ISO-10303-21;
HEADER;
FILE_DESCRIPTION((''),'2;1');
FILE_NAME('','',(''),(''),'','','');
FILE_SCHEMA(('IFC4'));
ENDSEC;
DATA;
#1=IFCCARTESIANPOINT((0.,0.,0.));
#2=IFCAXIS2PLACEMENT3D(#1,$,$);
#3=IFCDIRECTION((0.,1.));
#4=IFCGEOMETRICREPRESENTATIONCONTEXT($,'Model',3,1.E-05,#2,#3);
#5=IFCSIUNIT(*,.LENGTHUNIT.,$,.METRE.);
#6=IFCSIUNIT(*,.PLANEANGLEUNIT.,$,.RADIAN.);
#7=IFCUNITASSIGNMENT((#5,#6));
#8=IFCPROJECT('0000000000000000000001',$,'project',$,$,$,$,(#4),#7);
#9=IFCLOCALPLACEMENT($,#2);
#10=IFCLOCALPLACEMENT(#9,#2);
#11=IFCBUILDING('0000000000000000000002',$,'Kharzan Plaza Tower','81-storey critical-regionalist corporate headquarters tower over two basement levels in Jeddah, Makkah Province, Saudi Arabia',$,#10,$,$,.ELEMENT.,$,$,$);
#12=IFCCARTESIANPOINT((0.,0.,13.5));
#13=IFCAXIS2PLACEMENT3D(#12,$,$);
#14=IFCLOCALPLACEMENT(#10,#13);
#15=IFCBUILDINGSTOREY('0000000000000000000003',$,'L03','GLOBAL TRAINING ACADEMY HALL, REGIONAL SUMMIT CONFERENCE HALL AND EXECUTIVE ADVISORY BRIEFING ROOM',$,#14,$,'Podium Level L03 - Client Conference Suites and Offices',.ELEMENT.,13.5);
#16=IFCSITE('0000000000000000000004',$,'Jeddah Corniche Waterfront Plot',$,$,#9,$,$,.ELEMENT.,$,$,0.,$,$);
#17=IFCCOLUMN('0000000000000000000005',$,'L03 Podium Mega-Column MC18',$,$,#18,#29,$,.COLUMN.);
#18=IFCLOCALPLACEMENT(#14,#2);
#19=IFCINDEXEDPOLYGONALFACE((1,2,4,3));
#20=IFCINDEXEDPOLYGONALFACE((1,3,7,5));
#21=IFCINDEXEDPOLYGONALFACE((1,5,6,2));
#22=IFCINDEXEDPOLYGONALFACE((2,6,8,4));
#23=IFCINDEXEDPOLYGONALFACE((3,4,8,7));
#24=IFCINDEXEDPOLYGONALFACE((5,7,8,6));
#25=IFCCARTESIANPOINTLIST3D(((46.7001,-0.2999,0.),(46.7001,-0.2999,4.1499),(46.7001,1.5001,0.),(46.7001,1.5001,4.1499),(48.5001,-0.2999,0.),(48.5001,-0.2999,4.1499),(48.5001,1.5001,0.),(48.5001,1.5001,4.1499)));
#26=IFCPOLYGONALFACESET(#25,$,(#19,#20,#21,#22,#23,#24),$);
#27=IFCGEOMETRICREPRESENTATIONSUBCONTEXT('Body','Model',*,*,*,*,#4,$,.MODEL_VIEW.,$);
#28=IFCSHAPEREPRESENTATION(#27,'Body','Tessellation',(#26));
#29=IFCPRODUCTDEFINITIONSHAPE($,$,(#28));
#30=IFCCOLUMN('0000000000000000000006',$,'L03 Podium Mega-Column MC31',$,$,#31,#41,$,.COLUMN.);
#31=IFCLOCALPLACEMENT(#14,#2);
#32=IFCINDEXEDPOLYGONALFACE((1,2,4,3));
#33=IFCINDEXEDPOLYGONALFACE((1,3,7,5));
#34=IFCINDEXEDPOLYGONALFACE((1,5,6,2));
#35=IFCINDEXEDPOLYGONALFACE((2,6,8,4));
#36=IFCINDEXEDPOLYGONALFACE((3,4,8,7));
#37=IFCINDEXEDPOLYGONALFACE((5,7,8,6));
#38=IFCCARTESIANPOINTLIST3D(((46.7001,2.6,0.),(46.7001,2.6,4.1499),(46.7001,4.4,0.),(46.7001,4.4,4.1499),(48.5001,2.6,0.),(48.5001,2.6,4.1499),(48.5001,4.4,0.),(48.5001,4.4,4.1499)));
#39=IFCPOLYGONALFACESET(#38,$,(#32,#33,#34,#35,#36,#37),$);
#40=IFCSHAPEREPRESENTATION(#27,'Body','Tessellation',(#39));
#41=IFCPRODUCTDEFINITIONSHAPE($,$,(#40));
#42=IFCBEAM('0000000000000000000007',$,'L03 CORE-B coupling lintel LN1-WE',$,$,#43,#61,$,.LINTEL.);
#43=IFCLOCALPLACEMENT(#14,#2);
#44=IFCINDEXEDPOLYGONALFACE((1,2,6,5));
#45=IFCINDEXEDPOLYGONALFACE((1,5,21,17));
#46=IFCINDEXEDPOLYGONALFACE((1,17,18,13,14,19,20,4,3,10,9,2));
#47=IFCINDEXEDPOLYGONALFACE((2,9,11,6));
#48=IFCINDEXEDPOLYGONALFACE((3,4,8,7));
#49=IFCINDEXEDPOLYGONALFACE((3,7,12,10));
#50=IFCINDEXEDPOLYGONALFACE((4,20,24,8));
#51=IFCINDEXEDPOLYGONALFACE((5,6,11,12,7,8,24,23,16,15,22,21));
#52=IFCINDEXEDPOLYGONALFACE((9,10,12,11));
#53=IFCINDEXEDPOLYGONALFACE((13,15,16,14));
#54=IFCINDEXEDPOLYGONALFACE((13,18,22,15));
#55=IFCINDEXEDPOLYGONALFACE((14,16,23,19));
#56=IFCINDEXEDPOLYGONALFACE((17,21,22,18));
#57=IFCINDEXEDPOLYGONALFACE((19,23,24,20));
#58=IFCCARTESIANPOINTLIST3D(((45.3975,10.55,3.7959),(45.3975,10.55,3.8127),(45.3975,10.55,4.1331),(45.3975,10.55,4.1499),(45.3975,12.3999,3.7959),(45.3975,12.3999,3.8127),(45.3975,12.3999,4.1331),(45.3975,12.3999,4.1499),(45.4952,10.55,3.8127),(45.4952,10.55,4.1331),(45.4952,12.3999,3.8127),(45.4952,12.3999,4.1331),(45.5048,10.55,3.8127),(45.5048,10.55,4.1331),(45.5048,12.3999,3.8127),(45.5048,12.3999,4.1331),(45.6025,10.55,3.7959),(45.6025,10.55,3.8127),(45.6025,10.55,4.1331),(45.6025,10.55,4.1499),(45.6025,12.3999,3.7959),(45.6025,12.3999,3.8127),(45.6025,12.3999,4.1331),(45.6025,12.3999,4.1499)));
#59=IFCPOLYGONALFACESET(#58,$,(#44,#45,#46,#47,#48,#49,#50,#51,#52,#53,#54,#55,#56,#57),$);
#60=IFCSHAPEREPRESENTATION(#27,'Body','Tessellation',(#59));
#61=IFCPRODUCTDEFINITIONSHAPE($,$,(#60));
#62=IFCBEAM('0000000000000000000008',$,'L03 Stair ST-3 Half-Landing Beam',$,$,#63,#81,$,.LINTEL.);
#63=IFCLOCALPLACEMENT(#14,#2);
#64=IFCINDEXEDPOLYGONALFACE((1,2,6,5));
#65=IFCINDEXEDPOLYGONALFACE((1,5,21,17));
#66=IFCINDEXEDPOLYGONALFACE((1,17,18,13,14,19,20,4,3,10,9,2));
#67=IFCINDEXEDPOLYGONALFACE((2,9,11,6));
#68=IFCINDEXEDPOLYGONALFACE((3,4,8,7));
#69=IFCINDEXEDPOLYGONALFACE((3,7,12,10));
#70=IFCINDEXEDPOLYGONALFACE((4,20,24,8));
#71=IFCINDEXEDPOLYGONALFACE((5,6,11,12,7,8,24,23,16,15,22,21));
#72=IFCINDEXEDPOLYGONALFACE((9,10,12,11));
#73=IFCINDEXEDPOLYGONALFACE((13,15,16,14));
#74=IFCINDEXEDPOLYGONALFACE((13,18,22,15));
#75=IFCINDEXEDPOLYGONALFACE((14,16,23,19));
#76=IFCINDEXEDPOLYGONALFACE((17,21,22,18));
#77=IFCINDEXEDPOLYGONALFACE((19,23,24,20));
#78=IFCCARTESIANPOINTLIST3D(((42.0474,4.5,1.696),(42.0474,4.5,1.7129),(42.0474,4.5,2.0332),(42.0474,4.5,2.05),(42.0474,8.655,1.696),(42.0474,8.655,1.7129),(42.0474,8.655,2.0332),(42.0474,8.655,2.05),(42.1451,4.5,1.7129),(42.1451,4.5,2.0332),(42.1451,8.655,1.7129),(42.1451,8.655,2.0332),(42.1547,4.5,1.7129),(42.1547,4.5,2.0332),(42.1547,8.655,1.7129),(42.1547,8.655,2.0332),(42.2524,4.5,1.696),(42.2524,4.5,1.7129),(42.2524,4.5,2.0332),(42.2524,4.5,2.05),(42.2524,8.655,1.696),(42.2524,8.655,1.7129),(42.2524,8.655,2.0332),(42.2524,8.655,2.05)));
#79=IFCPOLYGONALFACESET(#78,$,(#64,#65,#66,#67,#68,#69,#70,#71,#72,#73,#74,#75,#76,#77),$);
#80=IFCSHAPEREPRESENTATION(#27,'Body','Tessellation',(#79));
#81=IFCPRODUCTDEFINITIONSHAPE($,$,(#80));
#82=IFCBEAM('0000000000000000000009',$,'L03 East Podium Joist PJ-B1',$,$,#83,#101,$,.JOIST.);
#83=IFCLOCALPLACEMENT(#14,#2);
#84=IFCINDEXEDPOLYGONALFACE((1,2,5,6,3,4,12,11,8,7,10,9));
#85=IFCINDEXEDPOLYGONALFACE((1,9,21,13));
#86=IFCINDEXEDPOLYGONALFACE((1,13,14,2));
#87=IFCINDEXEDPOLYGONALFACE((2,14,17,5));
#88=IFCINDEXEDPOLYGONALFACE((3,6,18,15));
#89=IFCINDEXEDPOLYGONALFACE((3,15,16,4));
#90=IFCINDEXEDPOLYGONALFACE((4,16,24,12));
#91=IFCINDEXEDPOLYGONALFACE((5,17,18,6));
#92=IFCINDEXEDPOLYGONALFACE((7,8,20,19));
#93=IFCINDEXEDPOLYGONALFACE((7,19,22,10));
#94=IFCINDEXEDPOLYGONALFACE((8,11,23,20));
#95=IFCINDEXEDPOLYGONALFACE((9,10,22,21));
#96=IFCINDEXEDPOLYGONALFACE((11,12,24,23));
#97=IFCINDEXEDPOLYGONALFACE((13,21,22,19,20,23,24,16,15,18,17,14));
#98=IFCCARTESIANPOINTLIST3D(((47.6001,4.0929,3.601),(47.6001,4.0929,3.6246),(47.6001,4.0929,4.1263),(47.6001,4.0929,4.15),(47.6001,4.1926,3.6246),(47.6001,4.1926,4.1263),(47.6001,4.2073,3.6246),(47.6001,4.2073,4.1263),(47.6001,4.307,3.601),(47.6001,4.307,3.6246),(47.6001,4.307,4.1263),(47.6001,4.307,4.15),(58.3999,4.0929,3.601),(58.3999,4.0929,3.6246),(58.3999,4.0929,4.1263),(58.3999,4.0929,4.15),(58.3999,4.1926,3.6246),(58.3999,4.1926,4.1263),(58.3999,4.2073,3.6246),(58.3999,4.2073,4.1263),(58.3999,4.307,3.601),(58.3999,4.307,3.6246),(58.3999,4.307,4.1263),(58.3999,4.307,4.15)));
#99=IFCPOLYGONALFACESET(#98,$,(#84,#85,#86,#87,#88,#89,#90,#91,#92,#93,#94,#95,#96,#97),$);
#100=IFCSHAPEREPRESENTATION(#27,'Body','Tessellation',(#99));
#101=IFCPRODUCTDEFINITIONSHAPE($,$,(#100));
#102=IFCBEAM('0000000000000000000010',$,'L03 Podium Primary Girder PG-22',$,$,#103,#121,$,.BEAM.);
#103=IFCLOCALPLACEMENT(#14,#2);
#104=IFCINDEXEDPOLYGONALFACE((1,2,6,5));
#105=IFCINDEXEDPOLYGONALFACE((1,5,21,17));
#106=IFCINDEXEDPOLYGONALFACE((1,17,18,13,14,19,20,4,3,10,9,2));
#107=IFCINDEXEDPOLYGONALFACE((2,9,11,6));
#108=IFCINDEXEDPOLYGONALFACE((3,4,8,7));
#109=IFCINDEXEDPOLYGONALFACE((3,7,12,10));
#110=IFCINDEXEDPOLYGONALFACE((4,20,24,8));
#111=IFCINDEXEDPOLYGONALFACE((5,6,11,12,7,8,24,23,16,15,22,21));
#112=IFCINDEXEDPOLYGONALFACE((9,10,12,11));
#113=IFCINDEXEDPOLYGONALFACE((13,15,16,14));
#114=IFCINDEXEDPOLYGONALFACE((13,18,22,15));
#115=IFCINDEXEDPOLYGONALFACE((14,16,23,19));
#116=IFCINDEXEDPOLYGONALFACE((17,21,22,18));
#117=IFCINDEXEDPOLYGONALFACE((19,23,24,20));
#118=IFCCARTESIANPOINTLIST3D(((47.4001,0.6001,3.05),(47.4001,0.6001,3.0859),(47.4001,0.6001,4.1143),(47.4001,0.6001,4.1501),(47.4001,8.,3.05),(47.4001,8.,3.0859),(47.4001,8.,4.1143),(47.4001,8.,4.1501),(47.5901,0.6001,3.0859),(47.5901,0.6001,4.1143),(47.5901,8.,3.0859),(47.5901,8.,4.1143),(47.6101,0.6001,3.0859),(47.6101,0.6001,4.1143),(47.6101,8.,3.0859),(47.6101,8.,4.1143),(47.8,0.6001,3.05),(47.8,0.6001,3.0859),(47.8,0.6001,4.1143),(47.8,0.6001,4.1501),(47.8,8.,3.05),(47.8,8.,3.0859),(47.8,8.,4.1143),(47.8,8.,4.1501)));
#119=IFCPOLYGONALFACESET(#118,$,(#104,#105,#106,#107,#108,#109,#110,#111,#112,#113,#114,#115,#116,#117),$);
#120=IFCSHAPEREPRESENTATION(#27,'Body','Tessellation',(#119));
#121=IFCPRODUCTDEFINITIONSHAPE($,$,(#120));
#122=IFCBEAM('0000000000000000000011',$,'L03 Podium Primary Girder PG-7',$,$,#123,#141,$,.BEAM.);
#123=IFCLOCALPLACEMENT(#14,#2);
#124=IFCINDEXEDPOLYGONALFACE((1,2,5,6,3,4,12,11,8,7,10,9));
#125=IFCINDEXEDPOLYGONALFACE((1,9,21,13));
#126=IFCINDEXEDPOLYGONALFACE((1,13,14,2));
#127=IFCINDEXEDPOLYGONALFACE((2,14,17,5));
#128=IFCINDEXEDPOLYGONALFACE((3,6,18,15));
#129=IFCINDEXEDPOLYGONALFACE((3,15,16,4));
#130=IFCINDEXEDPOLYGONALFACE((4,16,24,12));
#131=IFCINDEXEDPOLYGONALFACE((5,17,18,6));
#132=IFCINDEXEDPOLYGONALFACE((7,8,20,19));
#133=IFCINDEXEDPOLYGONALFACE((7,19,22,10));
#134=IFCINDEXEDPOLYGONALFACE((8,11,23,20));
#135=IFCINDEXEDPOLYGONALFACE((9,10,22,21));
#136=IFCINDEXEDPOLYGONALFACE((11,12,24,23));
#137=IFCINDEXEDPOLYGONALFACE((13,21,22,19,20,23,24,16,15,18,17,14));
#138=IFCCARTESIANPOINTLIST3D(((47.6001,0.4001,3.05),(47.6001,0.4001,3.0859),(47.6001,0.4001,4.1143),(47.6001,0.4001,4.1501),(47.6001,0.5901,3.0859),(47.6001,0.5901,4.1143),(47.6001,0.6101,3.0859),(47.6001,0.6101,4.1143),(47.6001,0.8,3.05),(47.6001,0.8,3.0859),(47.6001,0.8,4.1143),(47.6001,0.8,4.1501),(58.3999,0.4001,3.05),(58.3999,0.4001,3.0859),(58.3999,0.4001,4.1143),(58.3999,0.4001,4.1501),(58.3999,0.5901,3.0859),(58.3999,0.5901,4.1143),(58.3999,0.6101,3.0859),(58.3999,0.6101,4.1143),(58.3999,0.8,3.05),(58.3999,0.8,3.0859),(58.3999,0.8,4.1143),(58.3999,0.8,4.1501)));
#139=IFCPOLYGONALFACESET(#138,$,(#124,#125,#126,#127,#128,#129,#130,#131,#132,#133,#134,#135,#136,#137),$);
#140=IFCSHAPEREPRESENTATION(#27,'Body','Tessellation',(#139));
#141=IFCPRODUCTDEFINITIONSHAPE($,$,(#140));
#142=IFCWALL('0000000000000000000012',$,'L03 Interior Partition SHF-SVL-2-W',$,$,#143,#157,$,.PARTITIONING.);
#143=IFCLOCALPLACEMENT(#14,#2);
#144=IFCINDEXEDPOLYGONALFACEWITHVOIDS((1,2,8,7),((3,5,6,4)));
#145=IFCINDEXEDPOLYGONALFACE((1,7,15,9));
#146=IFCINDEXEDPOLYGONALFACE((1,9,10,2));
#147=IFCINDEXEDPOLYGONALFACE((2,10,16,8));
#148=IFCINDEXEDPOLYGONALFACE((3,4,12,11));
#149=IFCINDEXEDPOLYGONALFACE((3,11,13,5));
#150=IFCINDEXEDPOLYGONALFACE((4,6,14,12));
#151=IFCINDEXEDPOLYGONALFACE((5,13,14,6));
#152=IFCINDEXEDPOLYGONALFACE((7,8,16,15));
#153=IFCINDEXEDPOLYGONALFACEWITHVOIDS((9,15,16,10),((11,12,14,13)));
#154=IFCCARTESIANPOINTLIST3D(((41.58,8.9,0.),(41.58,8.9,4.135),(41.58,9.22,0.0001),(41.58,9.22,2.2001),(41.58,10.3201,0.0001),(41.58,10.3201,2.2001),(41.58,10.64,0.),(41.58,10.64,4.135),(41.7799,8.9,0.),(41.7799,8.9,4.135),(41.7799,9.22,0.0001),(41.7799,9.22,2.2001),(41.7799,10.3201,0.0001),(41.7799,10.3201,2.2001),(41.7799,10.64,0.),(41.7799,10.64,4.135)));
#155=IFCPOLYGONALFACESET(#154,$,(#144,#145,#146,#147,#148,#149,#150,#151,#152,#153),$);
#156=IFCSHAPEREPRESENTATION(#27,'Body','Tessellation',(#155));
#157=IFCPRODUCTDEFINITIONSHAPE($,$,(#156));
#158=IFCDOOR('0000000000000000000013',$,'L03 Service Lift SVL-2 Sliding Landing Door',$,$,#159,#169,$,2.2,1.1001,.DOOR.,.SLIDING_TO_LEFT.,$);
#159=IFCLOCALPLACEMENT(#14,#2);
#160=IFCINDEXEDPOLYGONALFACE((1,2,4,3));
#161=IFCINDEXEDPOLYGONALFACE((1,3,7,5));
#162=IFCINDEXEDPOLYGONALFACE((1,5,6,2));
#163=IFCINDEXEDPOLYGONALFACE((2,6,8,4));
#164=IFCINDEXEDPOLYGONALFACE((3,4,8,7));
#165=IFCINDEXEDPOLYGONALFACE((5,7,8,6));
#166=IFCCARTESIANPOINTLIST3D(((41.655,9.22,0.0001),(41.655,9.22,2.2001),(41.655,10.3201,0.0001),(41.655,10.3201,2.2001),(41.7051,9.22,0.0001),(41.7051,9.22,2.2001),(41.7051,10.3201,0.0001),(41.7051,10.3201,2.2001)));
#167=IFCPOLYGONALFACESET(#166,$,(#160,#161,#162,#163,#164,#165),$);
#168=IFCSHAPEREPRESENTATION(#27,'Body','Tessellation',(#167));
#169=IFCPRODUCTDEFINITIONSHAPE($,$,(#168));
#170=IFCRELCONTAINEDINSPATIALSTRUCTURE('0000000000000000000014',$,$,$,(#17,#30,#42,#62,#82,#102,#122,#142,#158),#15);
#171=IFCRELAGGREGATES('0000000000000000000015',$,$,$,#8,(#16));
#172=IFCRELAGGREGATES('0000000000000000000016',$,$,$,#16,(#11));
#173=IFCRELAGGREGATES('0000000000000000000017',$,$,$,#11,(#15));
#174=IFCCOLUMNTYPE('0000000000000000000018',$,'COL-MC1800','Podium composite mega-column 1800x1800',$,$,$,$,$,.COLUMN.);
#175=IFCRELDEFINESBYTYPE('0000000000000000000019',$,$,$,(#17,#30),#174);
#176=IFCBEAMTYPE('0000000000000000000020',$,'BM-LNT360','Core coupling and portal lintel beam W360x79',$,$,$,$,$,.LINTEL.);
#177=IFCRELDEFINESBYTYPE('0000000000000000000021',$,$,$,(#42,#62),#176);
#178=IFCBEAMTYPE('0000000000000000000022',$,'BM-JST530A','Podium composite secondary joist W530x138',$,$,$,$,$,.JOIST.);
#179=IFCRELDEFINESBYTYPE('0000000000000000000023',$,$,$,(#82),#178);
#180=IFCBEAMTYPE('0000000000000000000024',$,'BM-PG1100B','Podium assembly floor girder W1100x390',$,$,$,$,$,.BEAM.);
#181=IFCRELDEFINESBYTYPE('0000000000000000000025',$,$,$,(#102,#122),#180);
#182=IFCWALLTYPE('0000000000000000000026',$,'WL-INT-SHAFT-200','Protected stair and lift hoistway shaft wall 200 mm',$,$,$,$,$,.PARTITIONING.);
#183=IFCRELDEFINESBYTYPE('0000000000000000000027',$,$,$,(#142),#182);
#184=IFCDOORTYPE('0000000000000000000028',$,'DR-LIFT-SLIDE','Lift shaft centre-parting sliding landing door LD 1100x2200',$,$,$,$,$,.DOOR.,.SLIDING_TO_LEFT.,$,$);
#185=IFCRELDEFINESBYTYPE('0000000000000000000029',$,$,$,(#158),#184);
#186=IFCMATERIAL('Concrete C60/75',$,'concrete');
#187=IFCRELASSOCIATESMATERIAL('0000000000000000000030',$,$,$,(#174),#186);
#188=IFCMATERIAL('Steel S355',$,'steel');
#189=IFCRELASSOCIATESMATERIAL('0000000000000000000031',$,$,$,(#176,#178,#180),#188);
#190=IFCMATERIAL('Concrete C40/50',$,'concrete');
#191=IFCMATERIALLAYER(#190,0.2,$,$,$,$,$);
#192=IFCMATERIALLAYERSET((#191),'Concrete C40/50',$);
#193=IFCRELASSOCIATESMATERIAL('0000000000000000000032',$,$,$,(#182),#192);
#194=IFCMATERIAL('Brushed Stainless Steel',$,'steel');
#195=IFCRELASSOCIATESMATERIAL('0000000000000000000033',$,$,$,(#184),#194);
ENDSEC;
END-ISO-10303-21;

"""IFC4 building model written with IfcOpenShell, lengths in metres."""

from ifc_helpers import new_model, si_unit, direction, frame, frame_2d, origin, origin_2d, place, context, subcontext, project, spatial, rectangle, i_section, extrude, source, transform, mapped, material, layer, layer_set, material_profile, profile_set, type_object, element, fill, save


model = new_model("IFC4")

# Units and contexts
model_context = context("Model", 3, precision=1e-05, world=origin(), true_north=direction((0.0, 1.0)))
body_context = subcontext(model_context, "Body", "Model", "MODEL_VIEW")
ifc_project = project(units=[si_unit("LENGTHUNIT", "METRE"), si_unit("PLANEANGLEUNIT", "RADIAN")], contexts=[model_context])

# Site, building, storey
site_placement = place(None, origin())
site = spatial("IfcSite", under=ifc_project, at=site_placement, Name="Jeddah Corniche Waterfront Plot", CompositionType="ELEMENT", RefElevation=0.0)
building_placement = place(site_placement, origin())
building = spatial("IfcBuilding", under=site, at=building_placement, Name="Kharzan Plaza Tower", Description="81-storey critical-regionalist corporate headquarters tower over two basement levels in Jeddah, Makkah Province, Saudi Arabia", CompositionType="ELEMENT")
storey_placement = place(building_placement, frame((0.0, 0.0, 13.5)))
storey = spatial("IfcBuildingStorey", under=building, at=storey_placement, Name="L03", Description="GLOBAL TRAINING ACADEMY HALL, REGIONAL SUMMIT CONFERENCE HALL AND EXECUTIVE ADVISORY BRIEFING ROOM", LongName="Podium Level L03 - Client Conference Suites and Offices", CompositionType="ELEMENT", Elevation=13.5)

# Columns
ifc_material_1 = material(Name="Concrete C60/75", Category="concrete")
ifc_material_profile_1 = material_profile(ifc_material_1, rectangle(XDim=1.8, YDim=1.8, at=origin_2d()), Name="RC-MC1800x1800")
ifc_profile_set_1 = profile_set([ifc_material_profile_1], Name="Concrete C60/75")
column_type = type_object("IfcColumnType", Name="COL-MC1800", Description="Podium composite mega-column 1800x1800", PredefinedType="COLUMN", material=ifc_profile_set_1)
shared_shape_1 = source(origin(), body_context, "Body", "SweptSolid", [
    extrude(rectangle(XDim=1.8, YDim=1.8, at=origin_2d()), origin(), (0.0, 0.0, 1.0), 4.1499),
])
for number, where, z_axis, x_axis, name in (
    (1, (47.6001, 0.6001, 0.0), (0.0, 0.0, 1.0), (1.0, 0.0, 0.0), "L03 Podium Mega-Column MC18"),
    (2, (47.6001, 3.5, 0.0), (0.0, 0.0, 1.0), (1.0, 0.0, 0.0), "L03 Podium Mega-Column MC31"),
):
    element("IfcColumn", number, at=place(storey_placement, frame(where, z_axis=z_axis, x_axis=x_axis)), inside=storey, type_object=column_type, Name=name, PredefinedType="COLUMN", context=body_context, shape_type="MappedRepresentation", body=[
        mapped(shared_shape_1, transform((0.0, 0.0, 0.0), x_axis=(1.0, 0.0, 0.0), y_axis=(0.0, 1.0, 0.0), z_axis=(0.0, 0.0, 1.0))),
    ])

# Beams
ifc_material_2 = material(Name="Steel S355", Category="steel")
ifc_material_profile_2 = material_profile(ifc_material_2, i_section(OverallWidth=0.2051, OverallDepth=0.354, WebThickness=0.0095, FlangeThickness=0.0168, at=origin_2d()), Name="W360x79")
ifc_profile_set_2 = profile_set([ifc_material_profile_2], Name="Steel S355")
beam_type_1 = type_object("IfcBeamType", Name="BM-LNT360", Description="Core coupling and portal lintel beam W360x79", PredefinedType="LINTEL", material=ifc_profile_set_2)
shared_shape_2 = source(origin(), body_context, "Body", "SweptSolid", [
    extrude(i_section(OverallWidth=0.2051, OverallDepth=0.354, WebThickness=0.0095, FlangeThickness=0.0168, at=origin_2d()), origin(), (0.0, 0.0, 1.0), 1.8499),
])
beam_1_placement = place(storey_placement, frame((45.5, 10.55, 3.9729), z_axis=(0.0, 1.0, 0.0), x_axis=(-1.0, 0.0, 0.0)))
element("IfcBeam", 3, at=beam_1_placement, inside=storey, type_object=beam_type_1, Name="L03 CORE-B coupling lintel LN1-WE", PredefinedType="LINTEL", context=body_context, shape_type="MappedRepresentation", body=[
    mapped(shared_shape_2, transform((0.0, 0.0, 0.0), x_axis=(1.0, 0.0, 0.0), y_axis=(0.0, 1.0, 0.0), z_axis=(0.0, 0.0, 1.0))),
])
shared_shape_3 = source(origin(), body_context, "Body", "SweptSolid", [
    extrude(i_section(OverallWidth=0.2051, OverallDepth=0.354, WebThickness=0.0095, FlangeThickness=0.0168, at=origin_2d()), origin(), (0.0, 0.0, 1.0), 4.155),
])
beam_2_placement = place(storey_placement, frame((42.1499, 4.5, 1.873), z_axis=(0.0, 1.0, 0.0), x_axis=(-1.0, 0.0, 0.0)))
element("IfcBeam", 4, at=beam_2_placement, inside=storey, type_object=beam_type_1, Name="L03 Stair ST-3 Half-Landing Beam", PredefinedType="LINTEL", context=body_context, shape_type="MappedRepresentation", body=[
    mapped(shared_shape_3, transform((0.0, 0.0, 0.0), x_axis=(1.0, 0.0, 0.0), y_axis=(0.0, 1.0, 0.0), z_axis=(0.0, 0.0, 1.0))),
])
ifc_material_profile_3 = material_profile(ifc_material_2, i_section(OverallWidth=0.2141, OverallDepth=0.5491, WebThickness=0.0146, FlangeThickness=0.0237, at=origin_2d()), Name="W530x138")
ifc_profile_set_3 = profile_set([ifc_material_profile_3], Name="Steel S355")
beam_type_2 = type_object("IfcBeamType", Name="BM-JST530A", Description="Podium composite secondary joist W530x138", PredefinedType="JOIST", material=ifc_profile_set_3)
shared_shape_4 = source(origin(), body_context, "Body", "SweptSolid", [
    extrude(i_section(OverallWidth=0.2141, OverallDepth=0.5491, WebThickness=0.0146, FlangeThickness=0.0237, at=origin_2d()), origin(), (0.0, 0.0, 1.0), 10.7998),
])
beam_3_placement = place(storey_placement, frame((47.6001, 4.2, 3.8755), z_axis=(1.0, 0.0, 0.0), x_axis=(0.0, 1.0, 0.0)))
element("IfcBeam", 5, at=beam_3_placement, inside=storey, type_object=beam_type_2, Name="L03 East Podium Joist PJ-B1", PredefinedType="JOIST", context=body_context, shape_type="MappedRepresentation", body=[
    mapped(shared_shape_4, transform((0.0, 0.0, 0.0), x_axis=(1.0, 0.0, 0.0), y_axis=(0.0, 1.0, 0.0), z_axis=(0.0, 0.0, 1.0))),
])
ifc_material_profile_4 = material_profile(ifc_material_2, i_section(OverallWidth=0.3999, OverallDepth=1.1001, WebThickness=0.02, FlangeThickness=0.0359, at=origin_2d()), Name="W1100x390")
ifc_profile_set_4 = profile_set([ifc_material_profile_4], Name="Steel S355")
beam_type_3 = type_object("IfcBeamType", Name="BM-PG1100B", Description="Podium assembly floor girder W1100x390", PredefinedType="BEAM", material=ifc_profile_set_4)
shared_shape_5 = source(origin(), body_context, "Body", "SweptSolid", [
    extrude(i_section(OverallWidth=0.3999, OverallDepth=1.1001, WebThickness=0.02, FlangeThickness=0.0359, at=origin_2d()), origin(), (0.0, 0.0, 1.0), 7.3999),
])
beam_4_placement = place(storey_placement, frame((47.6001, 0.6001, 3.6001), z_axis=(0.0, 1.0, 0.0), x_axis=(-1.0, 0.0, 0.0)))
element("IfcBeam", 6, at=beam_4_placement, inside=storey, type_object=beam_type_3, Name="L03 Podium Primary Girder PG-22", PredefinedType="BEAM", context=body_context, shape_type="MappedRepresentation", body=[
    mapped(shared_shape_5, transform((0.0, 0.0, 0.0), x_axis=(1.0, 0.0, 0.0), y_axis=(0.0, 1.0, 0.0), z_axis=(0.0, 0.0, 1.0))),
])
shared_shape_6 = source(origin(), body_context, "Body", "SweptSolid", [
    extrude(i_section(OverallWidth=0.3999, OverallDepth=1.1001, WebThickness=0.02, FlangeThickness=0.0359, at=origin_2d()), origin(), (0.0, 0.0, 1.0), 10.7998),
])
beam_5_placement = place(storey_placement, frame((47.6001, 0.6001, 3.6001), z_axis=(1.0, 0.0, 0.0), x_axis=(0.0, 1.0, 0.0)))
element("IfcBeam", 7, at=beam_5_placement, inside=storey, type_object=beam_type_3, Name="L03 Podium Primary Girder PG-7", PredefinedType="BEAM", context=body_context, shape_type="MappedRepresentation", body=[
    mapped(shared_shape_6, transform((0.0, 0.0, 0.0), x_axis=(1.0, 0.0, 0.0), y_axis=(0.0, 1.0, 0.0), z_axis=(0.0, 0.0, 1.0))),
])

# Wall, opening, door
ifc_material_3 = material(Name="Concrete C40/50", Category="concrete")
ifc_layer_1 = layer(ifc_material_3, 0.2)
ifc_layer_set_1 = layer_set([ifc_layer_1], Name="Concrete C40/50")
wall_type_1 = type_object("IfcWallType", Name="WL-INT-SHAFT-200", Description="Protected stair and lift hoistway shaft wall 200 mm", PredefinedType="PARTITIONING", material=ifc_layer_set_1)
wall_1_placement = place(storey_placement, frame((41.6799, 8.8999, 0.0), z_axis=(0.0, 0.0, 1.0), x_axis=(0.0, 1.0, 0.0)))
wall_1 = element("IfcWall", 8, at=wall_1_placement, inside=storey, type_object=wall_type_1, Name="L03 Interior Partition SHF-SVL-2-W", PredefinedType="PARTITIONING", context=body_context, shape_type="SweptSolid", body=[
    extrude(rectangle(XDim=1.74, YDim=0.2, at=frame_2d((0.8701, 0.0))), origin(), (0.0, 0.0, 1.0), 4.135),
])
opening_placement = place(wall_1_placement, frame((0.3201, 0.0, 0.0)))
opening = element("IfcOpeningElement", 9, at=opening_placement, cuts=wall_1, PredefinedType="OPENING", context=body_context, shape_type="SweptSolid", body=[
    extrude(rectangle(XDim=1.1001, YDim=2.2, at=frame_2d((0.55, 1.1001))), frame((0.0, 0.1099, 0.0), z_axis=(0.0, -1.0, 0.0), x_axis=(1.0, 0.0, 0.0)), (0.0, 0.0, 1.0), 0.22),
])
ifc_material_4 = material(Name="Brushed Stainless Steel", Category="steel")
door_type = type_object("IfcDoorType", Name="DR-LIFT-SLIDE", Description="Lift shaft centre-parting sliding landing door LD 1100x2200", OperationType="SLIDING_TO_LEFT", PredefinedType="DOOR", material=ifc_material_4)
shared_shape_7 = source(origin(), body_context, "Body", "SweptSolid", [
    extrude(rectangle(XDim=1.1001, YDim=2.2, at=frame_2d((0.55, 1.1001))), frame((0.0, 0.0249, 0.0), z_axis=(0.0, -1.0, 0.0), x_axis=(1.0, 0.0, 0.0)), (0.0, 0.0, 1.0), 0.05),
])
door_placement = place(opening_placement, origin())
door = element("IfcDoor", 10, at=door_placement, inside=storey, type_object=door_type, Name="L03 Service Lift SVL-2 Sliding Landing Door", OperationType="SLIDING_TO_LEFT", OverallHeight=2.2, OverallWidth=1.1001, PredefinedType="DOOR", context=body_context, shape_type="MappedRepresentation", body=[
    mapped(shared_shape_7, transform((0.0, 0.0, 0.0), x_axis=(1.0, 0.0, 0.0), y_axis=(0.0, 1.0, 0.0), z_axis=(0.0, 0.0, 1.0))),
])
fill(opening, door)

save(model, "model.ifc")
